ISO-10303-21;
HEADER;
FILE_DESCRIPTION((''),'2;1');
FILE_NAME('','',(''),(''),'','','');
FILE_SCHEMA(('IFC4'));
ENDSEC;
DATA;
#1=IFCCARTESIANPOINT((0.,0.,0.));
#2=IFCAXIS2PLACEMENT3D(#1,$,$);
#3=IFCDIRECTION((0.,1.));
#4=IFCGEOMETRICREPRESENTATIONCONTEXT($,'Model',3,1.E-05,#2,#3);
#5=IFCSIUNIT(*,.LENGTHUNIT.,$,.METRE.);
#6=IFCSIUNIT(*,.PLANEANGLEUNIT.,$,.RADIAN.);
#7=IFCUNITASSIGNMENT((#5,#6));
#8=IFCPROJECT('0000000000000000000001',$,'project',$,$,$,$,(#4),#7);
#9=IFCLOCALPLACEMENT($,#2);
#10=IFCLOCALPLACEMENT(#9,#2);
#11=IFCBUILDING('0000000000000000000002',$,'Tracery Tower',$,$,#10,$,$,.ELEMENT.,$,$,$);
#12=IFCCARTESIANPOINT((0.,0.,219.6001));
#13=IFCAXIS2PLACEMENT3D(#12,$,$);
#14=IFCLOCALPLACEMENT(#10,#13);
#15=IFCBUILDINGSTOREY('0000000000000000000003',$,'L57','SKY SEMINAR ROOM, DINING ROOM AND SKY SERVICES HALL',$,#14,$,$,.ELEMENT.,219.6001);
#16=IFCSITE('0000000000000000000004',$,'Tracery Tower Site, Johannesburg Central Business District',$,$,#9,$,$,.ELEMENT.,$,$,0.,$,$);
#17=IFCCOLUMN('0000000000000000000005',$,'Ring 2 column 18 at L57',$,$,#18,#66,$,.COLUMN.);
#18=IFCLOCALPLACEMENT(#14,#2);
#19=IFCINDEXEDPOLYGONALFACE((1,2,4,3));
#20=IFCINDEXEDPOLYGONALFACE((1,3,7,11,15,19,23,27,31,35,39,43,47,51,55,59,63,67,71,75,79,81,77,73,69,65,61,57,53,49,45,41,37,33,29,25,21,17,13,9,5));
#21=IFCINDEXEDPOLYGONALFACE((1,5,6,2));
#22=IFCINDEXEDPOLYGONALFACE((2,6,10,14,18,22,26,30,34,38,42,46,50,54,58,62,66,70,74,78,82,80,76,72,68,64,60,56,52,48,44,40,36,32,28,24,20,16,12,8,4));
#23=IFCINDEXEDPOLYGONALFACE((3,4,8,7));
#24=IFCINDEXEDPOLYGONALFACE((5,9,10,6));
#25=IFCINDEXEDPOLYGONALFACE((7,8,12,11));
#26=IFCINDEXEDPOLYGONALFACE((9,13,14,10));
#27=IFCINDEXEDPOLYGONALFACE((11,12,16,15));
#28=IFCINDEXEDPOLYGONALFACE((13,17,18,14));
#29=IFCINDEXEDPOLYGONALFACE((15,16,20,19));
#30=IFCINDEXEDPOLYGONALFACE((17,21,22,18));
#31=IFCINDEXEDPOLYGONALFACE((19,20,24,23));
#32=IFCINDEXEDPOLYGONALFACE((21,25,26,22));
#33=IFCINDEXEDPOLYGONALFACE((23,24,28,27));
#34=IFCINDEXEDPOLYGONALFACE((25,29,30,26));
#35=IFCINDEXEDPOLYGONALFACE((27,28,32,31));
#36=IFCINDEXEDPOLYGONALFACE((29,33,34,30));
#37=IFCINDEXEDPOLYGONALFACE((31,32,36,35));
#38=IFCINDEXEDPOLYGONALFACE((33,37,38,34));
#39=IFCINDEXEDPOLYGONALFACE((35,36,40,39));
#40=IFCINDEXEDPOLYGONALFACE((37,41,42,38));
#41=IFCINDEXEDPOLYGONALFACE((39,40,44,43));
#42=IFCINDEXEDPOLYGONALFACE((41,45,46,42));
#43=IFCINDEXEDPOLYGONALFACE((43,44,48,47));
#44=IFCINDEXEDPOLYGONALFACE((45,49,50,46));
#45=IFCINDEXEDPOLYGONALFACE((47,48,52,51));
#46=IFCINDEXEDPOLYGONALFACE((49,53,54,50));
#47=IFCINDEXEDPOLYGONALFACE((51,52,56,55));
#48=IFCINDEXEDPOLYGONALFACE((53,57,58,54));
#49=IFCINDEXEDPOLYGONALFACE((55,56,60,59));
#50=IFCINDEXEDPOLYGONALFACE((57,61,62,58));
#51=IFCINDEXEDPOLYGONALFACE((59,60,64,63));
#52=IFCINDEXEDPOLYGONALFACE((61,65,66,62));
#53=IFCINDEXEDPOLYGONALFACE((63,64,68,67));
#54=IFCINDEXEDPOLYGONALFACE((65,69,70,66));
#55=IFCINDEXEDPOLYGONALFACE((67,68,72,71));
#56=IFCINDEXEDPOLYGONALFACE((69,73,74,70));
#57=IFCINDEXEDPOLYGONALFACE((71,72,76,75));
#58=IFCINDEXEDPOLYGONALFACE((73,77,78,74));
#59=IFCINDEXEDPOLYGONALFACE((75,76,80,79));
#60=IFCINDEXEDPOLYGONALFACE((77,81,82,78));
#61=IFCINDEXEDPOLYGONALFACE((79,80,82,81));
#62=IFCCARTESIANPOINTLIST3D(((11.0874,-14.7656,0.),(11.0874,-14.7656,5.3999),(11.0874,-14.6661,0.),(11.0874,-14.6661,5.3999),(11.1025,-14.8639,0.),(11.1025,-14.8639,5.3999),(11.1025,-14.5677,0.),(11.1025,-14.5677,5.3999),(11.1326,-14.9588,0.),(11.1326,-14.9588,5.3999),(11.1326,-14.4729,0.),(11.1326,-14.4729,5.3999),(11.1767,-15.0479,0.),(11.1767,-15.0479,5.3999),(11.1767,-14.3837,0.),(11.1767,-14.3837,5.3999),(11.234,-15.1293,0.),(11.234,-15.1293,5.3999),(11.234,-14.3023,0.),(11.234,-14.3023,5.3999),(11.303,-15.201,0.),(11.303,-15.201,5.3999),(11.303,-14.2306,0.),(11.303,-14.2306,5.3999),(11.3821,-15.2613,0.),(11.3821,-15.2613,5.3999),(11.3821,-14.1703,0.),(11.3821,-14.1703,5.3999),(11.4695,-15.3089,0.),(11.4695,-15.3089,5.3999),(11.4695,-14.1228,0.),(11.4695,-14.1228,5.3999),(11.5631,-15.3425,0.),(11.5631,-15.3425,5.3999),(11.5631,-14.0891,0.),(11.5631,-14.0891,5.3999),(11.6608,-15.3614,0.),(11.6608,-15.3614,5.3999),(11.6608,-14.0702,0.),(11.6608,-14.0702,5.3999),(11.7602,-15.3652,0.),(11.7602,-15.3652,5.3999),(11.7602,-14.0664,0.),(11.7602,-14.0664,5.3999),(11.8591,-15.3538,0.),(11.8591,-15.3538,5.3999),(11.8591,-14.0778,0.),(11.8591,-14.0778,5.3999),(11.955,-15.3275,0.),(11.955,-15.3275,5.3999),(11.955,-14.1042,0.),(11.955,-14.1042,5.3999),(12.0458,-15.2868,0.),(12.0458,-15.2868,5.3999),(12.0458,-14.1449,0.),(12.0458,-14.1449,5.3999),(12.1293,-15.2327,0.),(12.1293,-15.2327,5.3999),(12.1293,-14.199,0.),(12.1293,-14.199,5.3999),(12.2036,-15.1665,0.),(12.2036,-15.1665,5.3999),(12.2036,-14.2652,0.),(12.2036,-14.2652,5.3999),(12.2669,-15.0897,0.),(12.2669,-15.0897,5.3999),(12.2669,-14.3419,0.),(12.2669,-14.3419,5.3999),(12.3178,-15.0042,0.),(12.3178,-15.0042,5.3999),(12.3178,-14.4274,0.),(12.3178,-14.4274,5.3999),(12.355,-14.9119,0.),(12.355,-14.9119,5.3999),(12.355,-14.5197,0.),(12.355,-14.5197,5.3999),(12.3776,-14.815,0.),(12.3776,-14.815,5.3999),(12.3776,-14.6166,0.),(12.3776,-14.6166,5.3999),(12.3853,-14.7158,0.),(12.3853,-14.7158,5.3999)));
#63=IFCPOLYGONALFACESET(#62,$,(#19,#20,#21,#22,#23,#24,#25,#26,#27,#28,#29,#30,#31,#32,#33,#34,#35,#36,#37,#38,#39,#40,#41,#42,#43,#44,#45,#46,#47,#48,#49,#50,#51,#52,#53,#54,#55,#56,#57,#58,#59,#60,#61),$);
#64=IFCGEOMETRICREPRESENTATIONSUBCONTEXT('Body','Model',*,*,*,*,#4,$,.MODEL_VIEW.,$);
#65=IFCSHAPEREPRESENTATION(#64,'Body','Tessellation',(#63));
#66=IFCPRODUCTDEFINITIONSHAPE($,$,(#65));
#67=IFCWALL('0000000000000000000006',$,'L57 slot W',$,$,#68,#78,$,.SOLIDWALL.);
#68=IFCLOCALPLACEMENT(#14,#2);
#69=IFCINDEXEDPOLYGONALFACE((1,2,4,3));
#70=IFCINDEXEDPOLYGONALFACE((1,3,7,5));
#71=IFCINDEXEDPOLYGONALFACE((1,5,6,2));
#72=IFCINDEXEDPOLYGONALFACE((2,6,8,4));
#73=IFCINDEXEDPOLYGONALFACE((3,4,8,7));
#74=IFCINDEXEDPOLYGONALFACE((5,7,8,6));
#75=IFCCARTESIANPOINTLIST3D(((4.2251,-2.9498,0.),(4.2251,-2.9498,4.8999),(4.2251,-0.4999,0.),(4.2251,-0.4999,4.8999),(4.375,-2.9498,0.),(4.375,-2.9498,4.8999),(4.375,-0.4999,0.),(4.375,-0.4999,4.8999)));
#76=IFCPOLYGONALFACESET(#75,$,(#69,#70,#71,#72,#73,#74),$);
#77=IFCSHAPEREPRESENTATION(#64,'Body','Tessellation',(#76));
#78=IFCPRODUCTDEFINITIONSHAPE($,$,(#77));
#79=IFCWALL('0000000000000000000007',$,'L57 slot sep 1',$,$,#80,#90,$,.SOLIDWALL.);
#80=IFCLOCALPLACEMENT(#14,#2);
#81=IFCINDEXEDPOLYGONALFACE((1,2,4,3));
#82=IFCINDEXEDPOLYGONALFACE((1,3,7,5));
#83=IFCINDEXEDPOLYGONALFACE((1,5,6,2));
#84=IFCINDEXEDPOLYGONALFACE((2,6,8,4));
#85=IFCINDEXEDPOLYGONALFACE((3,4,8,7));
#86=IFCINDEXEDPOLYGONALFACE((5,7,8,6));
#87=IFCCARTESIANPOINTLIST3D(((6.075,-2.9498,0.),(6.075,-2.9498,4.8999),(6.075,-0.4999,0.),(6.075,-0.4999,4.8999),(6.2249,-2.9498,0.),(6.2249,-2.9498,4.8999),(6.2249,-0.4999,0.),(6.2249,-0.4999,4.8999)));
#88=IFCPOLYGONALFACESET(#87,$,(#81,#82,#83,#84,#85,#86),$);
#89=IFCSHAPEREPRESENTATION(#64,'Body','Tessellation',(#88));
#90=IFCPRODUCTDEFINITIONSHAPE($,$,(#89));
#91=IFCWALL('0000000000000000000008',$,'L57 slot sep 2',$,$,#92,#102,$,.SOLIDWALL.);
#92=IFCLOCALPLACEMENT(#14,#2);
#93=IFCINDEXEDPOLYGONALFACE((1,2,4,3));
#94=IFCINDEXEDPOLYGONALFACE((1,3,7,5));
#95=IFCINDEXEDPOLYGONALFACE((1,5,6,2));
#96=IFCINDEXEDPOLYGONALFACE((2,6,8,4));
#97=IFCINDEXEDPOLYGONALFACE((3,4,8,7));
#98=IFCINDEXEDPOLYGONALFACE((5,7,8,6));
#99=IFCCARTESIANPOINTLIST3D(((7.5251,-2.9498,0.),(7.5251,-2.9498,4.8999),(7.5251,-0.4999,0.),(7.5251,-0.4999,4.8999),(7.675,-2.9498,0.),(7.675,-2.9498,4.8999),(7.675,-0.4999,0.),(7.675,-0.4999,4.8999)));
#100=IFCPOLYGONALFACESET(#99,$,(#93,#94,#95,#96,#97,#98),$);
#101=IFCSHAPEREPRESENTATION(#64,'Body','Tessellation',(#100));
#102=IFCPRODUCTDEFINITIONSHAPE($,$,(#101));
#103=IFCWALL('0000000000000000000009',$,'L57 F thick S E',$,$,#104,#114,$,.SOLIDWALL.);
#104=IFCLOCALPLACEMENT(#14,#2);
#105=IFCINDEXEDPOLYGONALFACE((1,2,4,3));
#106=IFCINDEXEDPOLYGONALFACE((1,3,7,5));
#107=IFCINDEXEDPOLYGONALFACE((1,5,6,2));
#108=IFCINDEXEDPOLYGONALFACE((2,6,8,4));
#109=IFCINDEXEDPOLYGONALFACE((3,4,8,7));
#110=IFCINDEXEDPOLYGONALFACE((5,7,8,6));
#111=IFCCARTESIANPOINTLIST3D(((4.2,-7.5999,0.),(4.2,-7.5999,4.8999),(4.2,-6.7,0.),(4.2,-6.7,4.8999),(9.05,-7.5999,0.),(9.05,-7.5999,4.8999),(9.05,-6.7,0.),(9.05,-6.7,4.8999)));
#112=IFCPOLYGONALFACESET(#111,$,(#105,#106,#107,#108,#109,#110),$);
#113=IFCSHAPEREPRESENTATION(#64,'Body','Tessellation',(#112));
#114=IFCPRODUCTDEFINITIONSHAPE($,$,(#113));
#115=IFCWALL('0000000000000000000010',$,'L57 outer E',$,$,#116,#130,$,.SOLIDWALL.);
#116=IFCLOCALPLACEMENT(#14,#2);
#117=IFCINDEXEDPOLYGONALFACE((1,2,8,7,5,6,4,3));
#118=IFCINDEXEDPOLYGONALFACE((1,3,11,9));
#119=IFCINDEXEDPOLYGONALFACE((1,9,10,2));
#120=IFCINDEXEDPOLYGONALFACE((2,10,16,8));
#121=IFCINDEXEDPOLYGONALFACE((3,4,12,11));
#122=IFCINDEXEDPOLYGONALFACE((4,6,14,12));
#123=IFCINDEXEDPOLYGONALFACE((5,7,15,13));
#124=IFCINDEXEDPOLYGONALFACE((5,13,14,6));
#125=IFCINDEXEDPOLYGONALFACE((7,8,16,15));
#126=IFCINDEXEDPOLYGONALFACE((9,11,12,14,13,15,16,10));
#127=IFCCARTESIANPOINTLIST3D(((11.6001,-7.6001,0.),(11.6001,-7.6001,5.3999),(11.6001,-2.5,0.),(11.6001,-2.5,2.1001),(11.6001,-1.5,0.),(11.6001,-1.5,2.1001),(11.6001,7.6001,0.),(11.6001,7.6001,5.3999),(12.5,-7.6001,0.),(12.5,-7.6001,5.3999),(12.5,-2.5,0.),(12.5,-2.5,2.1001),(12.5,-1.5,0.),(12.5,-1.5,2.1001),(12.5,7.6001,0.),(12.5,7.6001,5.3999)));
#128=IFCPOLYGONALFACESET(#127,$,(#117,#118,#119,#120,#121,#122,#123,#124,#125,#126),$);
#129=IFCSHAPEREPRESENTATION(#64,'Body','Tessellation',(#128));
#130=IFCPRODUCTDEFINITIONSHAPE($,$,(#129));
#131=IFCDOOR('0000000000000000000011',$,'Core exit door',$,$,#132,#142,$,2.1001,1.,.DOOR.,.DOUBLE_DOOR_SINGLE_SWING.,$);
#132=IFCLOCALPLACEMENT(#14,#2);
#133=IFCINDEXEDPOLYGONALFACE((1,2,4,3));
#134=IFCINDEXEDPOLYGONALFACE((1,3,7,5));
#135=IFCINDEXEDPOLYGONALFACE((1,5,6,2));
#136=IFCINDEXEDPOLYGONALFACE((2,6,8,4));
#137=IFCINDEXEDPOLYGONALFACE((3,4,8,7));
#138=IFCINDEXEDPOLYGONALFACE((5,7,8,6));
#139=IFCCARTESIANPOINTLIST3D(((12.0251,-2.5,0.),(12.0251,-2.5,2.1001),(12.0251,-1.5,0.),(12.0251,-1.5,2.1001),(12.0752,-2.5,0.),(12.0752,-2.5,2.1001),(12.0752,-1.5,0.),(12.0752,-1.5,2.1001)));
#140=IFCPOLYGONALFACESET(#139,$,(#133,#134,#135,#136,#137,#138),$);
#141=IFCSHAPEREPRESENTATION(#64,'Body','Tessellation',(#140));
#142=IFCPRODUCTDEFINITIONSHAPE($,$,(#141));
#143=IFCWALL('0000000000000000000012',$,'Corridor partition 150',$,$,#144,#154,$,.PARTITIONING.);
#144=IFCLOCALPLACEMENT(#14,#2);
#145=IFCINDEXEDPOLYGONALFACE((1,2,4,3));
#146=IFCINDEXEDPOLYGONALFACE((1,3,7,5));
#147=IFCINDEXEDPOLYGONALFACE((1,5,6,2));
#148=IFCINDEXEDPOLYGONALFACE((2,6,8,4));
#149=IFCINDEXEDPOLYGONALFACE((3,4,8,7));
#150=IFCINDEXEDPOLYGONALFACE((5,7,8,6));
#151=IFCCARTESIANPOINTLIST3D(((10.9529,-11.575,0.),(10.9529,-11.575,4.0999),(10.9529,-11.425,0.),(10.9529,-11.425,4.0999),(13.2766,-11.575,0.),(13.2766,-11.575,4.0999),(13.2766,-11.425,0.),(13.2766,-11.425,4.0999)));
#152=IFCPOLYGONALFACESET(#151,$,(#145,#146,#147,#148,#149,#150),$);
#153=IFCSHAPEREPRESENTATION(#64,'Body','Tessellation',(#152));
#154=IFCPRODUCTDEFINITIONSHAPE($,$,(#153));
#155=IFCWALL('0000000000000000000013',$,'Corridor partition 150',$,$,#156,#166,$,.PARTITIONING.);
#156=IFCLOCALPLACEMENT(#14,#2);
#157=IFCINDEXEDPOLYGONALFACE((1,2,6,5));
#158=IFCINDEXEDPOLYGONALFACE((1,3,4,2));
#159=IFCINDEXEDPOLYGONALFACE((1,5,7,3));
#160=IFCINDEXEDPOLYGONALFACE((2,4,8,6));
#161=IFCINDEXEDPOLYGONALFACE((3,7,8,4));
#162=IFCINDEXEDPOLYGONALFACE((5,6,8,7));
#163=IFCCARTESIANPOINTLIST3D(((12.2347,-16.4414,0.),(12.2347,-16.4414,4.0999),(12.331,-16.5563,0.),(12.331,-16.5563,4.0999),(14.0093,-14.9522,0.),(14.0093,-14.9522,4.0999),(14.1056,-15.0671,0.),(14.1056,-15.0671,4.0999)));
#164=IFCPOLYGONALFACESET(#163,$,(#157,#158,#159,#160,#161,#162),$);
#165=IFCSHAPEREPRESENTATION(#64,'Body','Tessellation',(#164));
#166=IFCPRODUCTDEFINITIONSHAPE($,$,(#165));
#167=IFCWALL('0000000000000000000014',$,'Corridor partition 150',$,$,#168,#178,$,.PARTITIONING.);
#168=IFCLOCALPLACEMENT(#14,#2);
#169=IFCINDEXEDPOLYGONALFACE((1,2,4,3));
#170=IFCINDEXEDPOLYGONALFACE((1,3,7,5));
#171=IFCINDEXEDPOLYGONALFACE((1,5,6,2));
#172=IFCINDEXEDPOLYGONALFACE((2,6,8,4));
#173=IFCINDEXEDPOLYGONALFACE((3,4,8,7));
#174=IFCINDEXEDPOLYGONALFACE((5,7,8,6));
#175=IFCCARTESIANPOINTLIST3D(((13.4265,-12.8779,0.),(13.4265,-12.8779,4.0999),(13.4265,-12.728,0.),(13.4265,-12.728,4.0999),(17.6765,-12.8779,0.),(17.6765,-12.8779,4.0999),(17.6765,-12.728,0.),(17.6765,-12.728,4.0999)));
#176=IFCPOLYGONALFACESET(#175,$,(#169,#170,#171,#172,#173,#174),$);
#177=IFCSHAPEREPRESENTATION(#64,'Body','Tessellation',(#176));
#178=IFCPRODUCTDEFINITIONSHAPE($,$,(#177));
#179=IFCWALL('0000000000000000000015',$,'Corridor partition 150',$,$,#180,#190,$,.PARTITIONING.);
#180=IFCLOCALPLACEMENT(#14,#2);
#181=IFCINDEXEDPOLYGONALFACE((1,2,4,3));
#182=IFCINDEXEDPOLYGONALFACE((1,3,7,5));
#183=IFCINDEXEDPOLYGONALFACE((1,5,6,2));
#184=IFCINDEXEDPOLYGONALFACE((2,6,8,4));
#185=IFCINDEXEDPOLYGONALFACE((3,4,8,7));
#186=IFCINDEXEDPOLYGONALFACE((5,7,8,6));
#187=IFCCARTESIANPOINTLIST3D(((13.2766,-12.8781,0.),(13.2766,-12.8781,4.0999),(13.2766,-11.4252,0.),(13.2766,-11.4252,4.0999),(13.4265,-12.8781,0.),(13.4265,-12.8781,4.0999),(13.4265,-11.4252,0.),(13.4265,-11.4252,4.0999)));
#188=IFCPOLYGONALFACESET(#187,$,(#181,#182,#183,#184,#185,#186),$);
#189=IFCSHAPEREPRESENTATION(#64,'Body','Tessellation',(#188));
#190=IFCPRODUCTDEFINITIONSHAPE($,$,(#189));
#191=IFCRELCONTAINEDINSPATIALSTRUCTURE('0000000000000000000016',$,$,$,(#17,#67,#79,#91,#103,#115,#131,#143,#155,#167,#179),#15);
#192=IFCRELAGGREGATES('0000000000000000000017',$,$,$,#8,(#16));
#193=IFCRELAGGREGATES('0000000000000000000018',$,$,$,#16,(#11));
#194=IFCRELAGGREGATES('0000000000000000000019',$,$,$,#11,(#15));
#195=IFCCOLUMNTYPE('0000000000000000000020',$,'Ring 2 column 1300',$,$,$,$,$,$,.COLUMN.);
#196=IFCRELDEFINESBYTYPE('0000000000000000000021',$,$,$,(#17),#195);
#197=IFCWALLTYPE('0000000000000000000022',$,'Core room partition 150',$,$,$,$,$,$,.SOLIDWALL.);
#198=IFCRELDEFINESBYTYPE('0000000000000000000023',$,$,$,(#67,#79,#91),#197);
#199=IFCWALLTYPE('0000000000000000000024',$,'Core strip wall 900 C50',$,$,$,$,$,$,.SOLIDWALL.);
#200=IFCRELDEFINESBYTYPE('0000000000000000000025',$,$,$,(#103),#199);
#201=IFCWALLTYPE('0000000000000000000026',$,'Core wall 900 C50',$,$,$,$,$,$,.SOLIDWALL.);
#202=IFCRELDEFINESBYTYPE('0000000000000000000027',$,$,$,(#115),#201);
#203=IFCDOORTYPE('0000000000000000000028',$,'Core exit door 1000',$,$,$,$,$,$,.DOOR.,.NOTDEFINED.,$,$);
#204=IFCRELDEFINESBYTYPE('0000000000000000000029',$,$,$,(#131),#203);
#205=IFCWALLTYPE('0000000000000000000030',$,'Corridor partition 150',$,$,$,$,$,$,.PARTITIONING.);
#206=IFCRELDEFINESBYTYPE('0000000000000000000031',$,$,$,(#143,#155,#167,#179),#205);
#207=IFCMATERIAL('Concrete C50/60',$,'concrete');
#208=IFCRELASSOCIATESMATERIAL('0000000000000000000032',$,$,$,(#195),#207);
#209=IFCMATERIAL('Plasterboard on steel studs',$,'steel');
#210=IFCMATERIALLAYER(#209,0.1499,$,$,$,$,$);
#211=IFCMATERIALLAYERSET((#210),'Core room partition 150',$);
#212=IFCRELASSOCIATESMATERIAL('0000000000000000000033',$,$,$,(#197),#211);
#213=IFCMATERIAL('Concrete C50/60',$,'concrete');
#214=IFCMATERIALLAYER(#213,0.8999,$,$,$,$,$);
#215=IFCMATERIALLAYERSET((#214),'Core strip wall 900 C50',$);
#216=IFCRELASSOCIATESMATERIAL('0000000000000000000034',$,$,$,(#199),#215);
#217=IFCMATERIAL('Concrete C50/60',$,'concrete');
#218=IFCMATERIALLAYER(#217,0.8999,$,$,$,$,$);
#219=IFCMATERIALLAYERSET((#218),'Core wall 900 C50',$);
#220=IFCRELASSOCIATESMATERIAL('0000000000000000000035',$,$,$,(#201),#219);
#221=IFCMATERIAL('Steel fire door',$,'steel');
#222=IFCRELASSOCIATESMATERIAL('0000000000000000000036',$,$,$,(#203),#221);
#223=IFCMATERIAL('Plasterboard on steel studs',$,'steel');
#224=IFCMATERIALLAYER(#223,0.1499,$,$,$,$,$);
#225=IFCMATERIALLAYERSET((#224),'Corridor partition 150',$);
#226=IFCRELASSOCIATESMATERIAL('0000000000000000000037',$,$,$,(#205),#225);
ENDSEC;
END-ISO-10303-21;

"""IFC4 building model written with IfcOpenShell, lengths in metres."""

from ifc_helpers import new_model, si_unit, direction, frame, frame_2d, origin, origin_2d, place, context, subcontext, project, spatial, rectangle, circle, extrude, material, layer, layer_set, material_profile, profile_set, type_object, element, fill, save


model = new_model("IFC4")

# Units and contexts
model_context = context("Model", 3, precision=1e-05, world=origin(), true_north=direction((0.0, 1.0)))
body_context = subcontext(model_context, "Body", "Model", "MODEL_VIEW")
ifc_project = project(units=[si_unit("LENGTHUNIT", "METRE"), si_unit("PLANEANGLEUNIT", "RADIAN")], contexts=[model_context])

# Site, building, storey
site_placement = place(None, origin())
site = spatial("IfcSite", under=ifc_project, at=site_placement, Name="Tracery Tower Site, Johannesburg Central Business District", CompositionType="ELEMENT", RefElevation=0.0)
building_placement = place(site_placement, origin())
building = spatial("IfcBuilding", under=site, at=building_placement, Name="Tracery Tower", CompositionType="ELEMENT")
storey_placement = place(building_placement, frame((0.0, 0.0, 219.6001)))
storey = spatial("IfcBuildingStorey", under=building, at=storey_placement, Name="L57", Description="SKY SEMINAR ROOM, DINING ROOM AND SKY SERVICES HALL", CompositionType="ELEMENT", Elevation=219.6001)

# Column
ifc_material_1 = material(Name="Concrete C50/60", Category="concrete")
ifc_material_profile = material_profile(ifc_material_1, circle(Radius=0.6499, at=origin_2d()), Name="RC D1300")
ifc_profile_set = profile_set([ifc_material_profile], Name="Concrete C50/60")
column_type = type_object("IfcColumnType", Name="Ring 2 column 1300", PredefinedType="COLUMN", material=ifc_profile_set)
column_placement = place(storey_placement, frame((11.7354, -14.7158, 0.0), z_axis=(0.0, 0.0, 1.0), x_axis=(1.0, 0.0, 0.0)))
element("IfcColumn", 1, at=column_placement, inside=storey, type_object=column_type, Name="Ring 2 column 18 at L57", PredefinedType="COLUMN", context=body_context, shape_type="SweptSolid", body=[
    extrude(circle(Radius=0.6499, at=origin_2d()), origin(), (0.0, 0.0, 1.0), 5.3999),
])

# Walls
ifc_material_2 = material(Name="Plasterboard on steel studs", Category="steel")
ifc_layer_1 = layer(ifc_material_2, 0.1499)
ifc_layer_set_1 = layer_set([ifc_layer_1], Name="Core room partition 150")
wall_type_1 = type_object("IfcWallType", Name="Core room partition 150", PredefinedType="SOLIDWALL", material=ifc_layer_set_1)
for number, where, z_axis, x_axis, name in (
    (2, (4.3, -2.95, 0.0), (0.0, 0.0, 1.0), (0.0, 1.0, 0.0), "L57 slot W"),
    (3, (6.1499, -2.95, 0.0), (0.0, 0.0, 1.0), (0.0, 1.0, 0.0), "L57 slot sep 1"),
    (4, (7.6001, -2.95, 0.0), (0.0, 0.0, 1.0), (0.0, 1.0, 0.0), "L57 slot sep 2"),
):
    element("IfcWall", number, at=place(storey_placement, frame(where, z_axis=z_axis, x_axis=x_axis)), inside=storey, type_object=wall_type_1, Name=name, PredefinedType="SOLIDWALL", context=body_context, shape_type="SweptSolid", body=[
        extrude(rectangle(XDim=2.45, YDim=0.1499, at=frame_2d((1.2251, 0.0))), origin(), (0.0, 0.0, 1.0), 4.8999),
    ])
ifc_material_3 = material(Name="Concrete C50/60", Category="concrete")
ifc_layer_2 = layer(ifc_material_3, 0.8999)
ifc_layer_set_2 = layer_set([ifc_layer_2], Name="Core strip wall 900 C50")
wall_type_2 = type_object("IfcWallType", Name="Core strip wall 900 C50", PredefinedType="SOLIDWALL", material=ifc_layer_set_2)
wall_1_placement = place(storey_placement, frame((4.2, -7.1499, 0.0), z_axis=(0.0, 0.0, 1.0), x_axis=(1.0, 0.0, 0.0)))
element("IfcWall", 5, at=wall_1_placement, inside=storey, type_object=wall_type_2, Name="L57 F thick S E", PredefinedType="SOLIDWALL", context=body_context, shape_type="SweptSolid", body=[
    extrude(rectangle(XDim=4.8501, YDim=0.8999, at=frame_2d((2.425, 0.0))), origin(), (0.0, 0.0, 1.0), 4.8999),
])

# Wall, opening, door
ifc_material_4 = material(Name="Concrete C50/60", Category="concrete")
ifc_layer_3 = layer(ifc_material_4, 0.8999)
ifc_layer_set_3 = layer_set([ifc_layer_3], Name="Core wall 900 C50")
wall_type_3 = type_object("IfcWallType", Name="Core wall 900 C50", PredefinedType="SOLIDWALL", material=ifc_layer_set_3)
wall_2_placement = place(storey_placement, frame((12.05, -7.6001, 0.0), z_axis=(0.0, 0.0, 1.0), x_axis=(0.0, 1.0, 0.0)))
wall_2 = element("IfcWall", 6, at=wall_2_placement, inside=storey, type_object=wall_type_3, Name="L57 outer E", PredefinedType="SOLIDWALL", context=body_context, shape_type="SweptSolid", body=[
    extrude(rectangle(XDim=15.2002, YDim=0.8999, at=frame_2d((7.6001, 0.0))), origin(), (0.0, 0.0, 1.0), 5.3999),
])
opening_1_placement = place(wall_2_placement, frame((5.1001, 0.0, 0.0)))
opening_1 = element("IfcOpeningElement", 7, at=opening_1_placement, cuts=wall_2, PredefinedType="OPENING", context=body_context, shape_type="SweptSolid", body=[
    extrude(rectangle(XDim=1.0, YDim=2.1001, at=frame_2d((0.5, 1.05))), frame((0.0, 0.45, 0.0), z_axis=(0.0, -1.0, 0.0), x_axis=(1.0, 0.0, 0.0)), (0.0, 0.0, 1.0), 0.8999),
])
ifc_material_5 = material(Name="Steel fire door", Category="steel")
door_type_1 = type_object("IfcDoorType", Name="Core exit door 1000", OperationType="NOTDEFINED", PredefinedType="DOOR", material=ifc_material_5)
door_1_placement = place(opening_1_placement, origin())
door_1 = element("IfcDoor", 8, at=door_1_placement, inside=storey, type_object=door_type_1, Name="Core exit door", OperationType="DOUBLE_DOOR_SINGLE_SWING", OverallHeight=2.1001, OverallWidth=1.0, PredefinedType="DOOR", context=body_context, shape_type="SweptSolid", body=[
    extrude(rectangle(XDim=1.0, YDim=2.1001, at=frame_2d((0.5, 1.05))), frame((0.0, 0.0249, 0.0), z_axis=(0.0, -1.0, 0.0), x_axis=(1.0, 0.0, 0.0)), (0.0, 0.0, 1.0), 0.05),
])
fill(opening_1, door_1)

# Walls
ifc_material_6 = material(Name="Plasterboard on steel studs", Category="steel")
ifc_layer_4 = layer(ifc_material_6, 0.1499)
ifc_layer_set_4 = layer_set([ifc_layer_4], Name="Corridor partition 150")
wall_type_4 = type_object("IfcWallType", Name="Corridor partition 150", PredefinedType="PARTITIONING", material=ifc_layer_set_4)
wall_3_placement = place(storey_placement, frame((10.9529, -11.5, 0.0), z_axis=(0.0, 0.0, 1.0), x_axis=(1.0, 0.0, 0.0)))
element("IfcWall", 9, at=wall_3_placement, inside=storey, type_object=wall_type_4, Name="Corridor partition 150", PredefinedType="PARTITIONING", context=body_context, shape_type="SweptSolid", body=[
    extrude(rectangle(XDim=2.3237, YDim=0.1499, at=frame_2d((1.1619, 0.0))), origin(), (0.0, 0.0, 1.0), 4.0999),
])
wall_4_placement = place(storey_placement, frame((12.283, -16.4988, 0.0), z_axis=(0.0, 0.0, 1.0), x_axis=(0.766014, 0.642824, 0.0)))
element("IfcWall", 10, at=wall_4_placement, inside=storey, type_object=wall_type_4, Name="Corridor partition 150", PredefinedType="PARTITIONING", context=body_context, shape_type="SweptSolid", body=[
    extrude(rectangle(XDim=2.3167, YDim=0.1499, at=frame_2d((1.1582, 0.0))), origin(), (0.0, 0.0, 1.0), 4.0999),
])
wall_5_placement = place(storey_placement, frame((13.4265, -12.803, 0.0), z_axis=(0.0, 0.0, 1.0), x_axis=(1.0, 0.0, 0.0)))
element("IfcWall", 11, at=wall_5_placement, inside=storey, type_object=wall_type_4, Name="Corridor partition 150", PredefinedType="PARTITIONING", context=body_context, shape_type="SweptSolid", body=[
    extrude(rectangle(XDim=4.25, YDim=0.1499, at=frame_2d((2.125, 0.0))), origin(), (0.0, 0.0, 1.0), 4.0999),
])
wall_6_placement = place(storey_placement, frame((13.3516, -11.425, 0.0), z_axis=(0.0, 0.0, 1.0), x_axis=(0.0, -1.0, 0.0)))
element("IfcWall", 12, at=wall_6_placement, inside=storey, type_object=wall_type_4, Name="Corridor partition 150", PredefinedType="PARTITIONING", context=body_context, shape_type="SweptSolid", body=[
    extrude(rectangle(XDim=1.4529, YDim=0.1499, at=frame_2d((0.7266, 0.0))), origin(), (0.0, 0.0, 1.0), 4.0999),
])

save(model, "model.ifc")
